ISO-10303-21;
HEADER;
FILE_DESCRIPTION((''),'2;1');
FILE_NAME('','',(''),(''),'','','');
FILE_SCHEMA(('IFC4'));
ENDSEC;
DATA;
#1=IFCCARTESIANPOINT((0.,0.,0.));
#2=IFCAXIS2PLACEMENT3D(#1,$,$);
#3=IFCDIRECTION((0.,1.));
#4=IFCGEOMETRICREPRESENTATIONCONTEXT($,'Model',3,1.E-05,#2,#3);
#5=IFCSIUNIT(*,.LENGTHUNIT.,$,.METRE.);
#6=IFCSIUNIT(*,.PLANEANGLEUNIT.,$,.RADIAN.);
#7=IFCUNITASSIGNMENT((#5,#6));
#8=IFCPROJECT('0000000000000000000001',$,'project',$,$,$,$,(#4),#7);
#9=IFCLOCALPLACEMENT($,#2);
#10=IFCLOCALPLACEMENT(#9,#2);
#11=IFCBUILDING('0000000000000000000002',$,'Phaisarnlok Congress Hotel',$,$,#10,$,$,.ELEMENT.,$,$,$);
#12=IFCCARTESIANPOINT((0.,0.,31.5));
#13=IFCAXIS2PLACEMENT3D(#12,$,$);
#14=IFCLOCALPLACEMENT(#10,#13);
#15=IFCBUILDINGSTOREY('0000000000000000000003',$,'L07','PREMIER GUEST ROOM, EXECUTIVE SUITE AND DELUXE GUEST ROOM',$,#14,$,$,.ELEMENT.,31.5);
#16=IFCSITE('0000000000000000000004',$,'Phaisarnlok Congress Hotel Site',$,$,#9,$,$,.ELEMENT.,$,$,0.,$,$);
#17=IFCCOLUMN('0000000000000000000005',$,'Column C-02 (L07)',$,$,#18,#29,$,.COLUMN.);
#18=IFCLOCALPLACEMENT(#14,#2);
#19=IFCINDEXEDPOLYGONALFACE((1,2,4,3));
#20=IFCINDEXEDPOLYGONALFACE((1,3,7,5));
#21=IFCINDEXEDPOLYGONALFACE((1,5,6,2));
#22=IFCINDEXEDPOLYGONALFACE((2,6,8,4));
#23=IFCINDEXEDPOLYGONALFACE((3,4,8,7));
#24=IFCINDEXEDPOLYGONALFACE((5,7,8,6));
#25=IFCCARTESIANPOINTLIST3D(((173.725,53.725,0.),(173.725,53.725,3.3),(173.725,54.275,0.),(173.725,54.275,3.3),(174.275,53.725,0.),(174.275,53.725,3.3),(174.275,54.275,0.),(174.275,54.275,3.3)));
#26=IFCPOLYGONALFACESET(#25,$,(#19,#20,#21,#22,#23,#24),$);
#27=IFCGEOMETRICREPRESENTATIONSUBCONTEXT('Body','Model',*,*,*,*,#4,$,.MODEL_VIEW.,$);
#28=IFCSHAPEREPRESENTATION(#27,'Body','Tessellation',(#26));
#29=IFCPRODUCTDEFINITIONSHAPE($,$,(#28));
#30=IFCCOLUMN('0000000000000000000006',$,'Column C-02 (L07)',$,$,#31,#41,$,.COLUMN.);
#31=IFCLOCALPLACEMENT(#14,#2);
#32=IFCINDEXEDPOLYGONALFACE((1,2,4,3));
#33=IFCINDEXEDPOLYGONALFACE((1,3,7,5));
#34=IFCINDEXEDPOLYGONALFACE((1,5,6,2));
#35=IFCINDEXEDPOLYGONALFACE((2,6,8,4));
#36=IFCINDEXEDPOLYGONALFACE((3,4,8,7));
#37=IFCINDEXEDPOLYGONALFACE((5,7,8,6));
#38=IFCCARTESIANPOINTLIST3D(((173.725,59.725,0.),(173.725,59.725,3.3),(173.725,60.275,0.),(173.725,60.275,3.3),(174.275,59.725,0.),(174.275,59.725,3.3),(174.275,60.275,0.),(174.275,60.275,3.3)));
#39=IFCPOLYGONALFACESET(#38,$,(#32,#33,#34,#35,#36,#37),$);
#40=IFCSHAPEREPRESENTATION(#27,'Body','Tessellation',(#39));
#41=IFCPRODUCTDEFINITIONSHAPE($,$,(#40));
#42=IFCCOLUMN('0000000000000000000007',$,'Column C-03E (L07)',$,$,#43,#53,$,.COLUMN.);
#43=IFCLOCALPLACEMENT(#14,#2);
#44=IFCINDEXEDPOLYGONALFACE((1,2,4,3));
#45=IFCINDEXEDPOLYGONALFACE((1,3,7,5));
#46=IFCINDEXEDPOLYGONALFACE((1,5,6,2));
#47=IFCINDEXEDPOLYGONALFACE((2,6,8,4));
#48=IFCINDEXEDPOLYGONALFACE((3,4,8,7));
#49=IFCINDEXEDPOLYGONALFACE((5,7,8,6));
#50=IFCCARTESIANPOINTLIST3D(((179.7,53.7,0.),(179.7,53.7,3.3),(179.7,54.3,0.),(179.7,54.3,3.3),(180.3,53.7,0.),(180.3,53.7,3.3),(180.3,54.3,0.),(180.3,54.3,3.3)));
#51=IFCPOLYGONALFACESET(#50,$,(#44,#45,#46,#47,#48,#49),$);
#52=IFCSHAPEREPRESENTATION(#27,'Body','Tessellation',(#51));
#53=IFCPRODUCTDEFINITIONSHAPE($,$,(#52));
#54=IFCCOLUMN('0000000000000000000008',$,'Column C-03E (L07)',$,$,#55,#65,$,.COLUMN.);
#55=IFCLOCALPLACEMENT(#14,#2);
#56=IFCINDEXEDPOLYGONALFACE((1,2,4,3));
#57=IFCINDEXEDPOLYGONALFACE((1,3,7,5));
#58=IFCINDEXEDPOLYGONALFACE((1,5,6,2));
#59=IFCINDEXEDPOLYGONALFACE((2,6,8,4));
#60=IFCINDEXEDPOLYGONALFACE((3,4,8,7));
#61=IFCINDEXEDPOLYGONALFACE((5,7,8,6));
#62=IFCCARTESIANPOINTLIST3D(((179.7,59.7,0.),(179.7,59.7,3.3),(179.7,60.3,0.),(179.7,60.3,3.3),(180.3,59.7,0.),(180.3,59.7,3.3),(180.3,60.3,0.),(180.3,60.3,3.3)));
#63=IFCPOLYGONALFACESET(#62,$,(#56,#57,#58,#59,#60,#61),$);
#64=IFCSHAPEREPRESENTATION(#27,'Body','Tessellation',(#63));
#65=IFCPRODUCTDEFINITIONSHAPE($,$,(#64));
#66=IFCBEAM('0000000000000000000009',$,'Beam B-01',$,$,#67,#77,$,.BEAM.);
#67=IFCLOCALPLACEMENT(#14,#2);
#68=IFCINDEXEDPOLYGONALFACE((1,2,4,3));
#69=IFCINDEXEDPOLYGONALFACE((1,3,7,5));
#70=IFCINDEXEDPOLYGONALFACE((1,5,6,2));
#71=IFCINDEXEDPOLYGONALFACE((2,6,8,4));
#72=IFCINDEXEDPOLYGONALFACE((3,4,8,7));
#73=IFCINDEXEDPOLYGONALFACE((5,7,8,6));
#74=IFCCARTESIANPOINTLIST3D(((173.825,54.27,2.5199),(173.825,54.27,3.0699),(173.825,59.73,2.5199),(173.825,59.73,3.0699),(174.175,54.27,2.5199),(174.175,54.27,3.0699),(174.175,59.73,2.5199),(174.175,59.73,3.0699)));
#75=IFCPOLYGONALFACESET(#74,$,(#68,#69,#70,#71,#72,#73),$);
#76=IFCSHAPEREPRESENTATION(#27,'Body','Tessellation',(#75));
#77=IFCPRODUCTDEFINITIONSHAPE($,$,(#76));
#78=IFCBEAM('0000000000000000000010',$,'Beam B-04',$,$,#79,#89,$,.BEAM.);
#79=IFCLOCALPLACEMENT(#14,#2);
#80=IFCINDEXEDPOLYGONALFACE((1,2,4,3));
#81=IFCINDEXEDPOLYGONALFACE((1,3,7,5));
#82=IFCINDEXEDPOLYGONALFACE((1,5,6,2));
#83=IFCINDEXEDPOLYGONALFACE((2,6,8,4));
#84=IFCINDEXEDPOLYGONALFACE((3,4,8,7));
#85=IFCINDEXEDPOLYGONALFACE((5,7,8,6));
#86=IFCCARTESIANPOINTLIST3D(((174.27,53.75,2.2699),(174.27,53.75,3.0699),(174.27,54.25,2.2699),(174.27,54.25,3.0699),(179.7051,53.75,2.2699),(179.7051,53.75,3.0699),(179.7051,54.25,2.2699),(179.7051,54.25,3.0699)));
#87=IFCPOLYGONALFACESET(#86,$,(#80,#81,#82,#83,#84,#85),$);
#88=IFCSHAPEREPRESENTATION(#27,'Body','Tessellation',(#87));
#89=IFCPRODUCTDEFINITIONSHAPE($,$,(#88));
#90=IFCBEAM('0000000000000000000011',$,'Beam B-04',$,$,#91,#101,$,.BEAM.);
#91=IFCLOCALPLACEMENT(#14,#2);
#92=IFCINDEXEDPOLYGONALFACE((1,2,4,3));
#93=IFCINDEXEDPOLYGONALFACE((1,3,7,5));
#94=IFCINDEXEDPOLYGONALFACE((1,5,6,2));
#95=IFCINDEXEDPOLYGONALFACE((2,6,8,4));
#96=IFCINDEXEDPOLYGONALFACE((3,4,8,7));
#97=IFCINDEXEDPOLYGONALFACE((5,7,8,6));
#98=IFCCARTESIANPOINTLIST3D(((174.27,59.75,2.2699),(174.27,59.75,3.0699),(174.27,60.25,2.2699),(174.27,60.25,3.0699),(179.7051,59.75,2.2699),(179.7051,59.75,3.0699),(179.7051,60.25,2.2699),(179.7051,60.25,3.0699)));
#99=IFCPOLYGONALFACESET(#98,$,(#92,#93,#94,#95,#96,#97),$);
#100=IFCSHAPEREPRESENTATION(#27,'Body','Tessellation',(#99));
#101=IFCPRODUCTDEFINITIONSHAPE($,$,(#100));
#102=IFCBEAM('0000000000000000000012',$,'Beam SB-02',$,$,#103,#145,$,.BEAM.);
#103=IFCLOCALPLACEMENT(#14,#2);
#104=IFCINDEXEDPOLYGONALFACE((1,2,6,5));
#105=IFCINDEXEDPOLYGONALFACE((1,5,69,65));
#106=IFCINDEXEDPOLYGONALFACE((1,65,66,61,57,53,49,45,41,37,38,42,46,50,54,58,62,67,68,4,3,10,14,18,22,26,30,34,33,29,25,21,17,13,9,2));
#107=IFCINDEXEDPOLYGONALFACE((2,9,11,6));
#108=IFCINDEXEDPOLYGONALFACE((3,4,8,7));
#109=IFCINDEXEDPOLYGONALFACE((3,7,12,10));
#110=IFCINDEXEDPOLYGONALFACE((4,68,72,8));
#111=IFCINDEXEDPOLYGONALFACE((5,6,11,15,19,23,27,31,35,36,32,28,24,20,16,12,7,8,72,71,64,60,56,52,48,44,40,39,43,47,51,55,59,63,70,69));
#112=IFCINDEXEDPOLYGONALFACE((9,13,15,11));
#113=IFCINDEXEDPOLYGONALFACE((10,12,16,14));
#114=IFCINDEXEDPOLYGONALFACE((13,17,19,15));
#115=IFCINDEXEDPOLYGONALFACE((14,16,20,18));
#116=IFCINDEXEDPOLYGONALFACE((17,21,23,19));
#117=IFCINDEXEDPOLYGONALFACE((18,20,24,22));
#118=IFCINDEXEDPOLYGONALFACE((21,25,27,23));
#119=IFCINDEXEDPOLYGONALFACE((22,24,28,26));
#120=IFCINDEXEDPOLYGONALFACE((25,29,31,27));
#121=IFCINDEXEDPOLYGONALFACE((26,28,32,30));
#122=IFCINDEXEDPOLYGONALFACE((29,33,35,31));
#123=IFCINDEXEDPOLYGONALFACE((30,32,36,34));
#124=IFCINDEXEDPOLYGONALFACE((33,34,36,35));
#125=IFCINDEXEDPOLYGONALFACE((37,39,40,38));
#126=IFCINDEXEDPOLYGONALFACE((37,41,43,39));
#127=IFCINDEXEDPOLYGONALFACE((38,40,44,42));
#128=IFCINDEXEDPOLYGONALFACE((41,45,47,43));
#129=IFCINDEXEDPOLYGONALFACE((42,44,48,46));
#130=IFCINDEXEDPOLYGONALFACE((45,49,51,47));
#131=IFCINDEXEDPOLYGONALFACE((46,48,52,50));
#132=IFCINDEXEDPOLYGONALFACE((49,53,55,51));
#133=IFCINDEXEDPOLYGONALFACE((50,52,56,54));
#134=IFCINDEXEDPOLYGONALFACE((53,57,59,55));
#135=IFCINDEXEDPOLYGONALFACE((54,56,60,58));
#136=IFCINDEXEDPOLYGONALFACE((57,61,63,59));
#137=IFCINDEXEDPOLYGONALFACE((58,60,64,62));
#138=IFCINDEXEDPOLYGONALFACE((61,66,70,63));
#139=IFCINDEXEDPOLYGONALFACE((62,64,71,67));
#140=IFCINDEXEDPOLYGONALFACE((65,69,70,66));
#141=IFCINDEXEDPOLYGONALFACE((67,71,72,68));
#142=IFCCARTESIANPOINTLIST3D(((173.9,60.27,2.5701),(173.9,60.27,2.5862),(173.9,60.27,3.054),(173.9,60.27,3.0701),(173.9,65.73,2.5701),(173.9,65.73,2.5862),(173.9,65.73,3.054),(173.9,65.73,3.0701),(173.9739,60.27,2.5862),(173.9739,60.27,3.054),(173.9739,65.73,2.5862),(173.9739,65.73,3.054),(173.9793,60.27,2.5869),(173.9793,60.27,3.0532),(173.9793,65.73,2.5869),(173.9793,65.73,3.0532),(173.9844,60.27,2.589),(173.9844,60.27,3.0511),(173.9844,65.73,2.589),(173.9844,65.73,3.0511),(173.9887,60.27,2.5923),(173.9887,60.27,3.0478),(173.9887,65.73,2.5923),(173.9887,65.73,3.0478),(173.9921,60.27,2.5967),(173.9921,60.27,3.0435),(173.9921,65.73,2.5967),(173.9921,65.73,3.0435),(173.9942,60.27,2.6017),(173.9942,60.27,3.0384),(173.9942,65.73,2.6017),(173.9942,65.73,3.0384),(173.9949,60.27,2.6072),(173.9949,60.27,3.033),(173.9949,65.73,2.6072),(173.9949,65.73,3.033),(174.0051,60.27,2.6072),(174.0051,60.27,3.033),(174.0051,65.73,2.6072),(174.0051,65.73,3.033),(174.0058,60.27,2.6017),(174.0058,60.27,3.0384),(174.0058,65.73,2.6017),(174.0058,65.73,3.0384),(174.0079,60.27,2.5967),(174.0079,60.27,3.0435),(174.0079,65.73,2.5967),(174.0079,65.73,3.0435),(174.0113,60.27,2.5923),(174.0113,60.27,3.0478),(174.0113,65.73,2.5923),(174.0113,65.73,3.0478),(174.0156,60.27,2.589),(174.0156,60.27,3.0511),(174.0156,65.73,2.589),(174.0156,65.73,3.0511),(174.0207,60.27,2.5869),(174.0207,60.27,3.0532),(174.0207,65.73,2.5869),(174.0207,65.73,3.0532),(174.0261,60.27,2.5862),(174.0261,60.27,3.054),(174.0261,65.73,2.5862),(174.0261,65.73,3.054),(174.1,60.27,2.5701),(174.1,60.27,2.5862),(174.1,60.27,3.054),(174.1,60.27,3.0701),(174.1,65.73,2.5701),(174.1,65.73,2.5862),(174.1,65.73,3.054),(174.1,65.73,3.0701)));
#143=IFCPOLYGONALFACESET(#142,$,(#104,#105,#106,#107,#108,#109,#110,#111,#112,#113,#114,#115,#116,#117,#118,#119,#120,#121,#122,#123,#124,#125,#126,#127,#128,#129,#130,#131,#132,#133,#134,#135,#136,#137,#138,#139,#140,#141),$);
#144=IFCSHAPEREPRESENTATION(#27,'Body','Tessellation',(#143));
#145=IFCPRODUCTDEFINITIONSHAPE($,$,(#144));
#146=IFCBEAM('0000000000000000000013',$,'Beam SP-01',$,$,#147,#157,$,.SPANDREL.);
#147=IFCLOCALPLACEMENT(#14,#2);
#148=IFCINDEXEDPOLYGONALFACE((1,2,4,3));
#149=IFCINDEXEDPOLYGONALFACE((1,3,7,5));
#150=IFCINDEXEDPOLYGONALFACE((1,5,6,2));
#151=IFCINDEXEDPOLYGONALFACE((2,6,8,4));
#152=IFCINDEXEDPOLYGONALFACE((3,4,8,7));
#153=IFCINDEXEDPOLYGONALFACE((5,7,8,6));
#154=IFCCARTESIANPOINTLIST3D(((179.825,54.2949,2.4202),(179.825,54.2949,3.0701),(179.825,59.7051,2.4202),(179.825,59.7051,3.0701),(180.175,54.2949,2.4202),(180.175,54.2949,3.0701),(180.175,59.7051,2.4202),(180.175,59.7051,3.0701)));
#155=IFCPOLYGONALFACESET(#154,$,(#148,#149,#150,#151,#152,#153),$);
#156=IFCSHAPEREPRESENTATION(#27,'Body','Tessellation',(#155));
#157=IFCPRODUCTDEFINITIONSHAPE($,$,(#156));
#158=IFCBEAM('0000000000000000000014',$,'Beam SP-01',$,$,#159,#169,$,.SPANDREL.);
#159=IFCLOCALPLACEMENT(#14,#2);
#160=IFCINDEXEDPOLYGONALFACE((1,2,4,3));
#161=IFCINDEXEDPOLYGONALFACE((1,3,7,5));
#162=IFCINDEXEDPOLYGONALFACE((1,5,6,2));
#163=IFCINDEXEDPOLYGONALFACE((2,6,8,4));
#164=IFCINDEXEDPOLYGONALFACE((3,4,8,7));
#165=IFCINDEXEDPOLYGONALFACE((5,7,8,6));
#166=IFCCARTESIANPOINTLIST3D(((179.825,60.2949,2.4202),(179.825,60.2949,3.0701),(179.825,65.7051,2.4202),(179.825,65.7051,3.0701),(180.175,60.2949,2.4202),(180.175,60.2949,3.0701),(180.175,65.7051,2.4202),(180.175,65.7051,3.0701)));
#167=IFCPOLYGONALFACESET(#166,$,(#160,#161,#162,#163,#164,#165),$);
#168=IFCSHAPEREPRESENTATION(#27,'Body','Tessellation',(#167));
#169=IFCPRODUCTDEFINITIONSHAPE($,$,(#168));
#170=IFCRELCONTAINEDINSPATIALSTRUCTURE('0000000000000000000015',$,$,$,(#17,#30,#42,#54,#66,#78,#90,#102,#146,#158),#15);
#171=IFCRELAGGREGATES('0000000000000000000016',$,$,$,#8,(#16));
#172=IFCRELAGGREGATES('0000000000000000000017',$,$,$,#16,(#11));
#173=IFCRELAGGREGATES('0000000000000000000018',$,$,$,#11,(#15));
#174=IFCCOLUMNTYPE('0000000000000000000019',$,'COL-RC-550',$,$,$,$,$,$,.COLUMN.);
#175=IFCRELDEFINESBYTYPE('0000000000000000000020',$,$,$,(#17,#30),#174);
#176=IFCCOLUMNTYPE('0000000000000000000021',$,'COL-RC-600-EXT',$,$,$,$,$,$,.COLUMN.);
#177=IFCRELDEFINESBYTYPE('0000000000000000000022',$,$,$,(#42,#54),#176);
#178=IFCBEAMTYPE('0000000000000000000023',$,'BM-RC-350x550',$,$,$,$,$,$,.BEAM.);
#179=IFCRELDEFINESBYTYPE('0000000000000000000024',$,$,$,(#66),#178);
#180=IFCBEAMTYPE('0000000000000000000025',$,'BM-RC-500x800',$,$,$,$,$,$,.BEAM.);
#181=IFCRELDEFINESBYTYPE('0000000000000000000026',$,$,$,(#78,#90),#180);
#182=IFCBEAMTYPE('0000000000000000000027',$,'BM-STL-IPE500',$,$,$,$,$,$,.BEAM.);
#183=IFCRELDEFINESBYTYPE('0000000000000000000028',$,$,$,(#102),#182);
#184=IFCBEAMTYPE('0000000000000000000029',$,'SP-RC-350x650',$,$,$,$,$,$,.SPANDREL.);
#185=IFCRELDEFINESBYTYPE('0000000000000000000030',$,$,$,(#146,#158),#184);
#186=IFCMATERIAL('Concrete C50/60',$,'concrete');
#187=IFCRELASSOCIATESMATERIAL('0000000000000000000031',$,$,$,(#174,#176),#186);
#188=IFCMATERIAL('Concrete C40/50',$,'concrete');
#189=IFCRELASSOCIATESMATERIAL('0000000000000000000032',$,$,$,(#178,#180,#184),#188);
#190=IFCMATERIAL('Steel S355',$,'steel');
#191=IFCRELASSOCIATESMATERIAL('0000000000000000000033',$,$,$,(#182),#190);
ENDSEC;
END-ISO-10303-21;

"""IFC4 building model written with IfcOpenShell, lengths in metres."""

from ifc_helpers import new_model, si_unit, direction, frame, origin, origin_2d, place, context, subcontext, project, spatial, rectangle, i_section, extrude, material, material_profile, profile_set, type_object, element, save


model = new_model("IFC4")

# Units and contexts
model_context = context("Model", 3, precision=1e-05, world=origin(), true_north=direction((0.0, 1.0)))
body_context = subcontext(model_context, "Body", "Model", "MODEL_VIEW")
ifc_project = project(units=[si_unit("LENGTHUNIT", "METRE"), si_unit("PLANEANGLEUNIT", "RADIAN")], contexts=[model_context])

# Site, building, storey
site_placement = place(None, origin())
site = spatial("IfcSite", under=ifc_project, at=site_placement, Name="Phaisarnlok Congress Hotel Site", CompositionType="ELEMENT", RefElevation=0.0)
building_placement = place(site_placement, origin())
building = spatial("IfcBuilding", under=site, at=building_placement, Name="Phaisarnlok Congress Hotel", CompositionType="ELEMENT")
storey_placement = place(building_placement, frame((0.0, 0.0, 31.5)))
storey = spatial("IfcBuildingStorey", under=building, at=storey_placement, Name="L07", Description="PREMIER GUEST ROOM, EXECUTIVE SUITE AND DELUXE GUEST ROOM", CompositionType="ELEMENT", Elevation=31.5)

# Columns
ifc_material_1 = material(Name="Concrete C50/60", Category="concrete")
ifc_material_profile_1 = material_profile(ifc_material_1, rectangle(XDim=0.55, YDim=0.55, at=origin_2d()), Name="RC 550x550")
ifc_profile_set_1 = profile_set([ifc_material_profile_1], Name="Concrete C50/60")
column_type_1 = type_object("IfcColumnType", Name="COL-RC-550", PredefinedType="COLUMN", material=ifc_profile_set_1)
for number, where, z_axis, x_axis, name in (
    (1, (174.0, 54.0, 0.0), (0.0, 0.0, 1.0), (1.0, 0.0, 0.0), "Column C-02 (L07)"),
    (2, (174.0, 60.0, 0.0), (0.0, 0.0, 1.0), (1.0, 0.0, 0.0), "Column C-02 (L07)"),
):
    element("IfcColumn", number, at=place(storey_placement, frame(where, z_axis=z_axis, x_axis=x_axis)), inside=storey, type_object=column_type_1, Name=name, PredefinedType="COLUMN", context=body_context, shape_type="SweptSolid", body=[
        extrude(rectangle(XDim=0.55, YDim=0.55, at=origin_2d()), origin(), (0.0, 0.0, 1.0), 3.3),
    ])
ifc_material_profile_2 = material_profile(ifc_material_1, rectangle(XDim=0.6001, YDim=0.6001, at=origin_2d()), Name="RC 600x600")
ifc_profile_set_2 = profile_set([ifc_material_profile_2], Name="Concrete C50/60")
column_type_2 = type_object("IfcColumnType", Name="COL-RC-600-EXT", PredefinedType="COLUMN", material=ifc_profile_set_2)
for number, where, z_axis, x_axis, name in (
    (3, (180.0, 54.0, 0.0), (0.0, 0.0, 1.0), (1.0, 0.0, 0.0), "Column C-03E (L07)"),
    (4, (180.0, 60.0, 0.0), (0.0, 0.0, 1.0), (1.0, 0.0, 0.0), "Column C-03E (L07)"),
):
    element("IfcColumn", number, at=place(storey_placement, frame(where, z_axis=z_axis, x_axis=x_axis)), inside=storey, type_object=column_type_2, Name=name, PredefinedType="COLUMN", context=body_context, shape_type="SweptSolid", body=[
        extrude(rectangle(XDim=0.6001, YDim=0.6001, at=origin_2d()), origin(), (0.0, 0.0, 1.0), 3.3),
    ])

# Beams
ifc_material_2 = material(Name="Concrete C40/50", Category="concrete")
ifc_material_profile_3 = material_profile(ifc_material_2, rectangle(XDim=0.3501, YDim=0.55, at=origin_2d()), Name="RC 350x550")
ifc_profile_set_3 = profile_set([ifc_material_profile_3], Name="Concrete C40/50")
beam_type_1 = type_object("IfcBeamType", Name="BM-RC-350x550", PredefinedType="BEAM", material=ifc_profile_set_3)
beam_1_placement = place(storey_placement, frame((174.0, 54.27, 2.7949), z_axis=(0.0, 1.0, 0.0), x_axis=(-1.0, 0.0, 0.0)))
element("IfcBeam", 5, at=beam_1_placement, inside=storey, type_object=beam_type_1, Name="Beam B-01", PredefinedType="BEAM", context=body_context, shape_type="SweptSolid", body=[
    extrude(rectangle(XDim=0.3501, YDim=0.55, at=origin_2d()), origin(), (0.0, 0.0, 1.0), 5.46),
])
ifc_material_profile_4 = material_profile(ifc_material_2, rectangle(XDim=0.5, YDim=0.8, at=origin_2d()), Name="RC 500x800")
ifc_profile_set_4 = profile_set([ifc_material_profile_4], Name="Concrete C40/50")
beam_type_2 = type_object("IfcBeamType", Name="BM-RC-500x800", PredefinedType="BEAM", material=ifc_profile_set_4)
for number, where, z_axis, x_axis, name in (
    (6, (174.27, 54.0, 2.6699), (1.0, 0.0, 0.0), (0.0, 1.0, 0.0), "Beam B-04"),
    (7, (174.27, 60.0, 2.6699), (1.0, 0.0, 0.0), (0.0, 1.0, 0.0), "Beam B-04"),
):
    element("IfcBeam", number, at=place(storey_placement, frame(where, z_axis=z_axis, x_axis=x_axis)), inside=storey, type_object=beam_type_2, Name=name, PredefinedType="BEAM", context=body_context, shape_type="SweptSolid", body=[
        extrude(rectangle(XDim=0.5, YDim=0.8, at=origin_2d()), origin(), (0.0, 0.0, 1.0), 5.4351),
    ])
ifc_material_3 = material(Name="Steel S355", Category="steel")
ifc_material_profile_5 = material_profile(ifc_material_3, i_section(OverallWidth=0.2, OverallDepth=0.5, WebThickness=0.0103, FlangeThickness=0.0161, FilletRadius=0.021, at=origin_2d()), Name="IPE 500")
ifc_profile_set_5 = profile_set([ifc_material_profile_5], Name="Steel S355")
beam_type_3 = type_object("IfcBeamType", Name="BM-STL-IPE500", PredefinedType="BEAM", material=ifc_profile_set_5)
beam_2_placement = place(storey_placement, frame((174.0, 60.27, 2.8201), z_axis=(0.0, 1.0, 0.0), x_axis=(-1.0, 0.0, 0.0)))
element("IfcBeam", 8, at=beam_2_placement, inside=storey, type_object=beam_type_3, Name="Beam SB-02", PredefinedType="BEAM", context=body_context, shape_type="SweptSolid", body=[
    extrude(i_section(OverallWidth=0.2, OverallDepth=0.5, WebThickness=0.0103, FlangeThickness=0.0161, FilletRadius=0.021, at=origin_2d()), origin(), (0.0, 0.0, 1.0), 5.46),
])
ifc_material_profile_6 = material_profile(ifc_material_2, rectangle(XDim=0.3501, YDim=0.6499, at=origin_2d()), Name="RC 350x650")
ifc_profile_set_6 = profile_set([ifc_material_profile_6], Name="Concrete C40/50")
beam_type_4 = type_object("IfcBeamType", Name="SP-RC-350x650", PredefinedType="SPANDREL", material=ifc_profile_set_6)
for number, where, z_axis, x_axis, name in (
    (9, (180.0, 54.2949, 2.7451), (0.0, 1.0, 0.0), (-1.0, 0.0, 0.0), "Beam SP-01"),
    (10, (180.0, 60.2949, 2.7451), (0.0, 1.0, 0.0), (-1.0, 0.0, 0.0), "Beam SP-01"),
):
    element("IfcBeam", number, at=place(storey_placement, frame(where, z_axis=z_axis, x_axis=x_axis)), inside=storey, type_object=beam_type_4, Name=name, PredefinedType="SPANDREL", context=body_context, shape_type="SweptSolid", body=[
        extrude(rectangle(XDim=0.3501, YDim=0.6499, at=origin_2d()), origin(), (0.0, 0.0, 1.0), 5.4102),
    ])

save(model, "model.ifc")
